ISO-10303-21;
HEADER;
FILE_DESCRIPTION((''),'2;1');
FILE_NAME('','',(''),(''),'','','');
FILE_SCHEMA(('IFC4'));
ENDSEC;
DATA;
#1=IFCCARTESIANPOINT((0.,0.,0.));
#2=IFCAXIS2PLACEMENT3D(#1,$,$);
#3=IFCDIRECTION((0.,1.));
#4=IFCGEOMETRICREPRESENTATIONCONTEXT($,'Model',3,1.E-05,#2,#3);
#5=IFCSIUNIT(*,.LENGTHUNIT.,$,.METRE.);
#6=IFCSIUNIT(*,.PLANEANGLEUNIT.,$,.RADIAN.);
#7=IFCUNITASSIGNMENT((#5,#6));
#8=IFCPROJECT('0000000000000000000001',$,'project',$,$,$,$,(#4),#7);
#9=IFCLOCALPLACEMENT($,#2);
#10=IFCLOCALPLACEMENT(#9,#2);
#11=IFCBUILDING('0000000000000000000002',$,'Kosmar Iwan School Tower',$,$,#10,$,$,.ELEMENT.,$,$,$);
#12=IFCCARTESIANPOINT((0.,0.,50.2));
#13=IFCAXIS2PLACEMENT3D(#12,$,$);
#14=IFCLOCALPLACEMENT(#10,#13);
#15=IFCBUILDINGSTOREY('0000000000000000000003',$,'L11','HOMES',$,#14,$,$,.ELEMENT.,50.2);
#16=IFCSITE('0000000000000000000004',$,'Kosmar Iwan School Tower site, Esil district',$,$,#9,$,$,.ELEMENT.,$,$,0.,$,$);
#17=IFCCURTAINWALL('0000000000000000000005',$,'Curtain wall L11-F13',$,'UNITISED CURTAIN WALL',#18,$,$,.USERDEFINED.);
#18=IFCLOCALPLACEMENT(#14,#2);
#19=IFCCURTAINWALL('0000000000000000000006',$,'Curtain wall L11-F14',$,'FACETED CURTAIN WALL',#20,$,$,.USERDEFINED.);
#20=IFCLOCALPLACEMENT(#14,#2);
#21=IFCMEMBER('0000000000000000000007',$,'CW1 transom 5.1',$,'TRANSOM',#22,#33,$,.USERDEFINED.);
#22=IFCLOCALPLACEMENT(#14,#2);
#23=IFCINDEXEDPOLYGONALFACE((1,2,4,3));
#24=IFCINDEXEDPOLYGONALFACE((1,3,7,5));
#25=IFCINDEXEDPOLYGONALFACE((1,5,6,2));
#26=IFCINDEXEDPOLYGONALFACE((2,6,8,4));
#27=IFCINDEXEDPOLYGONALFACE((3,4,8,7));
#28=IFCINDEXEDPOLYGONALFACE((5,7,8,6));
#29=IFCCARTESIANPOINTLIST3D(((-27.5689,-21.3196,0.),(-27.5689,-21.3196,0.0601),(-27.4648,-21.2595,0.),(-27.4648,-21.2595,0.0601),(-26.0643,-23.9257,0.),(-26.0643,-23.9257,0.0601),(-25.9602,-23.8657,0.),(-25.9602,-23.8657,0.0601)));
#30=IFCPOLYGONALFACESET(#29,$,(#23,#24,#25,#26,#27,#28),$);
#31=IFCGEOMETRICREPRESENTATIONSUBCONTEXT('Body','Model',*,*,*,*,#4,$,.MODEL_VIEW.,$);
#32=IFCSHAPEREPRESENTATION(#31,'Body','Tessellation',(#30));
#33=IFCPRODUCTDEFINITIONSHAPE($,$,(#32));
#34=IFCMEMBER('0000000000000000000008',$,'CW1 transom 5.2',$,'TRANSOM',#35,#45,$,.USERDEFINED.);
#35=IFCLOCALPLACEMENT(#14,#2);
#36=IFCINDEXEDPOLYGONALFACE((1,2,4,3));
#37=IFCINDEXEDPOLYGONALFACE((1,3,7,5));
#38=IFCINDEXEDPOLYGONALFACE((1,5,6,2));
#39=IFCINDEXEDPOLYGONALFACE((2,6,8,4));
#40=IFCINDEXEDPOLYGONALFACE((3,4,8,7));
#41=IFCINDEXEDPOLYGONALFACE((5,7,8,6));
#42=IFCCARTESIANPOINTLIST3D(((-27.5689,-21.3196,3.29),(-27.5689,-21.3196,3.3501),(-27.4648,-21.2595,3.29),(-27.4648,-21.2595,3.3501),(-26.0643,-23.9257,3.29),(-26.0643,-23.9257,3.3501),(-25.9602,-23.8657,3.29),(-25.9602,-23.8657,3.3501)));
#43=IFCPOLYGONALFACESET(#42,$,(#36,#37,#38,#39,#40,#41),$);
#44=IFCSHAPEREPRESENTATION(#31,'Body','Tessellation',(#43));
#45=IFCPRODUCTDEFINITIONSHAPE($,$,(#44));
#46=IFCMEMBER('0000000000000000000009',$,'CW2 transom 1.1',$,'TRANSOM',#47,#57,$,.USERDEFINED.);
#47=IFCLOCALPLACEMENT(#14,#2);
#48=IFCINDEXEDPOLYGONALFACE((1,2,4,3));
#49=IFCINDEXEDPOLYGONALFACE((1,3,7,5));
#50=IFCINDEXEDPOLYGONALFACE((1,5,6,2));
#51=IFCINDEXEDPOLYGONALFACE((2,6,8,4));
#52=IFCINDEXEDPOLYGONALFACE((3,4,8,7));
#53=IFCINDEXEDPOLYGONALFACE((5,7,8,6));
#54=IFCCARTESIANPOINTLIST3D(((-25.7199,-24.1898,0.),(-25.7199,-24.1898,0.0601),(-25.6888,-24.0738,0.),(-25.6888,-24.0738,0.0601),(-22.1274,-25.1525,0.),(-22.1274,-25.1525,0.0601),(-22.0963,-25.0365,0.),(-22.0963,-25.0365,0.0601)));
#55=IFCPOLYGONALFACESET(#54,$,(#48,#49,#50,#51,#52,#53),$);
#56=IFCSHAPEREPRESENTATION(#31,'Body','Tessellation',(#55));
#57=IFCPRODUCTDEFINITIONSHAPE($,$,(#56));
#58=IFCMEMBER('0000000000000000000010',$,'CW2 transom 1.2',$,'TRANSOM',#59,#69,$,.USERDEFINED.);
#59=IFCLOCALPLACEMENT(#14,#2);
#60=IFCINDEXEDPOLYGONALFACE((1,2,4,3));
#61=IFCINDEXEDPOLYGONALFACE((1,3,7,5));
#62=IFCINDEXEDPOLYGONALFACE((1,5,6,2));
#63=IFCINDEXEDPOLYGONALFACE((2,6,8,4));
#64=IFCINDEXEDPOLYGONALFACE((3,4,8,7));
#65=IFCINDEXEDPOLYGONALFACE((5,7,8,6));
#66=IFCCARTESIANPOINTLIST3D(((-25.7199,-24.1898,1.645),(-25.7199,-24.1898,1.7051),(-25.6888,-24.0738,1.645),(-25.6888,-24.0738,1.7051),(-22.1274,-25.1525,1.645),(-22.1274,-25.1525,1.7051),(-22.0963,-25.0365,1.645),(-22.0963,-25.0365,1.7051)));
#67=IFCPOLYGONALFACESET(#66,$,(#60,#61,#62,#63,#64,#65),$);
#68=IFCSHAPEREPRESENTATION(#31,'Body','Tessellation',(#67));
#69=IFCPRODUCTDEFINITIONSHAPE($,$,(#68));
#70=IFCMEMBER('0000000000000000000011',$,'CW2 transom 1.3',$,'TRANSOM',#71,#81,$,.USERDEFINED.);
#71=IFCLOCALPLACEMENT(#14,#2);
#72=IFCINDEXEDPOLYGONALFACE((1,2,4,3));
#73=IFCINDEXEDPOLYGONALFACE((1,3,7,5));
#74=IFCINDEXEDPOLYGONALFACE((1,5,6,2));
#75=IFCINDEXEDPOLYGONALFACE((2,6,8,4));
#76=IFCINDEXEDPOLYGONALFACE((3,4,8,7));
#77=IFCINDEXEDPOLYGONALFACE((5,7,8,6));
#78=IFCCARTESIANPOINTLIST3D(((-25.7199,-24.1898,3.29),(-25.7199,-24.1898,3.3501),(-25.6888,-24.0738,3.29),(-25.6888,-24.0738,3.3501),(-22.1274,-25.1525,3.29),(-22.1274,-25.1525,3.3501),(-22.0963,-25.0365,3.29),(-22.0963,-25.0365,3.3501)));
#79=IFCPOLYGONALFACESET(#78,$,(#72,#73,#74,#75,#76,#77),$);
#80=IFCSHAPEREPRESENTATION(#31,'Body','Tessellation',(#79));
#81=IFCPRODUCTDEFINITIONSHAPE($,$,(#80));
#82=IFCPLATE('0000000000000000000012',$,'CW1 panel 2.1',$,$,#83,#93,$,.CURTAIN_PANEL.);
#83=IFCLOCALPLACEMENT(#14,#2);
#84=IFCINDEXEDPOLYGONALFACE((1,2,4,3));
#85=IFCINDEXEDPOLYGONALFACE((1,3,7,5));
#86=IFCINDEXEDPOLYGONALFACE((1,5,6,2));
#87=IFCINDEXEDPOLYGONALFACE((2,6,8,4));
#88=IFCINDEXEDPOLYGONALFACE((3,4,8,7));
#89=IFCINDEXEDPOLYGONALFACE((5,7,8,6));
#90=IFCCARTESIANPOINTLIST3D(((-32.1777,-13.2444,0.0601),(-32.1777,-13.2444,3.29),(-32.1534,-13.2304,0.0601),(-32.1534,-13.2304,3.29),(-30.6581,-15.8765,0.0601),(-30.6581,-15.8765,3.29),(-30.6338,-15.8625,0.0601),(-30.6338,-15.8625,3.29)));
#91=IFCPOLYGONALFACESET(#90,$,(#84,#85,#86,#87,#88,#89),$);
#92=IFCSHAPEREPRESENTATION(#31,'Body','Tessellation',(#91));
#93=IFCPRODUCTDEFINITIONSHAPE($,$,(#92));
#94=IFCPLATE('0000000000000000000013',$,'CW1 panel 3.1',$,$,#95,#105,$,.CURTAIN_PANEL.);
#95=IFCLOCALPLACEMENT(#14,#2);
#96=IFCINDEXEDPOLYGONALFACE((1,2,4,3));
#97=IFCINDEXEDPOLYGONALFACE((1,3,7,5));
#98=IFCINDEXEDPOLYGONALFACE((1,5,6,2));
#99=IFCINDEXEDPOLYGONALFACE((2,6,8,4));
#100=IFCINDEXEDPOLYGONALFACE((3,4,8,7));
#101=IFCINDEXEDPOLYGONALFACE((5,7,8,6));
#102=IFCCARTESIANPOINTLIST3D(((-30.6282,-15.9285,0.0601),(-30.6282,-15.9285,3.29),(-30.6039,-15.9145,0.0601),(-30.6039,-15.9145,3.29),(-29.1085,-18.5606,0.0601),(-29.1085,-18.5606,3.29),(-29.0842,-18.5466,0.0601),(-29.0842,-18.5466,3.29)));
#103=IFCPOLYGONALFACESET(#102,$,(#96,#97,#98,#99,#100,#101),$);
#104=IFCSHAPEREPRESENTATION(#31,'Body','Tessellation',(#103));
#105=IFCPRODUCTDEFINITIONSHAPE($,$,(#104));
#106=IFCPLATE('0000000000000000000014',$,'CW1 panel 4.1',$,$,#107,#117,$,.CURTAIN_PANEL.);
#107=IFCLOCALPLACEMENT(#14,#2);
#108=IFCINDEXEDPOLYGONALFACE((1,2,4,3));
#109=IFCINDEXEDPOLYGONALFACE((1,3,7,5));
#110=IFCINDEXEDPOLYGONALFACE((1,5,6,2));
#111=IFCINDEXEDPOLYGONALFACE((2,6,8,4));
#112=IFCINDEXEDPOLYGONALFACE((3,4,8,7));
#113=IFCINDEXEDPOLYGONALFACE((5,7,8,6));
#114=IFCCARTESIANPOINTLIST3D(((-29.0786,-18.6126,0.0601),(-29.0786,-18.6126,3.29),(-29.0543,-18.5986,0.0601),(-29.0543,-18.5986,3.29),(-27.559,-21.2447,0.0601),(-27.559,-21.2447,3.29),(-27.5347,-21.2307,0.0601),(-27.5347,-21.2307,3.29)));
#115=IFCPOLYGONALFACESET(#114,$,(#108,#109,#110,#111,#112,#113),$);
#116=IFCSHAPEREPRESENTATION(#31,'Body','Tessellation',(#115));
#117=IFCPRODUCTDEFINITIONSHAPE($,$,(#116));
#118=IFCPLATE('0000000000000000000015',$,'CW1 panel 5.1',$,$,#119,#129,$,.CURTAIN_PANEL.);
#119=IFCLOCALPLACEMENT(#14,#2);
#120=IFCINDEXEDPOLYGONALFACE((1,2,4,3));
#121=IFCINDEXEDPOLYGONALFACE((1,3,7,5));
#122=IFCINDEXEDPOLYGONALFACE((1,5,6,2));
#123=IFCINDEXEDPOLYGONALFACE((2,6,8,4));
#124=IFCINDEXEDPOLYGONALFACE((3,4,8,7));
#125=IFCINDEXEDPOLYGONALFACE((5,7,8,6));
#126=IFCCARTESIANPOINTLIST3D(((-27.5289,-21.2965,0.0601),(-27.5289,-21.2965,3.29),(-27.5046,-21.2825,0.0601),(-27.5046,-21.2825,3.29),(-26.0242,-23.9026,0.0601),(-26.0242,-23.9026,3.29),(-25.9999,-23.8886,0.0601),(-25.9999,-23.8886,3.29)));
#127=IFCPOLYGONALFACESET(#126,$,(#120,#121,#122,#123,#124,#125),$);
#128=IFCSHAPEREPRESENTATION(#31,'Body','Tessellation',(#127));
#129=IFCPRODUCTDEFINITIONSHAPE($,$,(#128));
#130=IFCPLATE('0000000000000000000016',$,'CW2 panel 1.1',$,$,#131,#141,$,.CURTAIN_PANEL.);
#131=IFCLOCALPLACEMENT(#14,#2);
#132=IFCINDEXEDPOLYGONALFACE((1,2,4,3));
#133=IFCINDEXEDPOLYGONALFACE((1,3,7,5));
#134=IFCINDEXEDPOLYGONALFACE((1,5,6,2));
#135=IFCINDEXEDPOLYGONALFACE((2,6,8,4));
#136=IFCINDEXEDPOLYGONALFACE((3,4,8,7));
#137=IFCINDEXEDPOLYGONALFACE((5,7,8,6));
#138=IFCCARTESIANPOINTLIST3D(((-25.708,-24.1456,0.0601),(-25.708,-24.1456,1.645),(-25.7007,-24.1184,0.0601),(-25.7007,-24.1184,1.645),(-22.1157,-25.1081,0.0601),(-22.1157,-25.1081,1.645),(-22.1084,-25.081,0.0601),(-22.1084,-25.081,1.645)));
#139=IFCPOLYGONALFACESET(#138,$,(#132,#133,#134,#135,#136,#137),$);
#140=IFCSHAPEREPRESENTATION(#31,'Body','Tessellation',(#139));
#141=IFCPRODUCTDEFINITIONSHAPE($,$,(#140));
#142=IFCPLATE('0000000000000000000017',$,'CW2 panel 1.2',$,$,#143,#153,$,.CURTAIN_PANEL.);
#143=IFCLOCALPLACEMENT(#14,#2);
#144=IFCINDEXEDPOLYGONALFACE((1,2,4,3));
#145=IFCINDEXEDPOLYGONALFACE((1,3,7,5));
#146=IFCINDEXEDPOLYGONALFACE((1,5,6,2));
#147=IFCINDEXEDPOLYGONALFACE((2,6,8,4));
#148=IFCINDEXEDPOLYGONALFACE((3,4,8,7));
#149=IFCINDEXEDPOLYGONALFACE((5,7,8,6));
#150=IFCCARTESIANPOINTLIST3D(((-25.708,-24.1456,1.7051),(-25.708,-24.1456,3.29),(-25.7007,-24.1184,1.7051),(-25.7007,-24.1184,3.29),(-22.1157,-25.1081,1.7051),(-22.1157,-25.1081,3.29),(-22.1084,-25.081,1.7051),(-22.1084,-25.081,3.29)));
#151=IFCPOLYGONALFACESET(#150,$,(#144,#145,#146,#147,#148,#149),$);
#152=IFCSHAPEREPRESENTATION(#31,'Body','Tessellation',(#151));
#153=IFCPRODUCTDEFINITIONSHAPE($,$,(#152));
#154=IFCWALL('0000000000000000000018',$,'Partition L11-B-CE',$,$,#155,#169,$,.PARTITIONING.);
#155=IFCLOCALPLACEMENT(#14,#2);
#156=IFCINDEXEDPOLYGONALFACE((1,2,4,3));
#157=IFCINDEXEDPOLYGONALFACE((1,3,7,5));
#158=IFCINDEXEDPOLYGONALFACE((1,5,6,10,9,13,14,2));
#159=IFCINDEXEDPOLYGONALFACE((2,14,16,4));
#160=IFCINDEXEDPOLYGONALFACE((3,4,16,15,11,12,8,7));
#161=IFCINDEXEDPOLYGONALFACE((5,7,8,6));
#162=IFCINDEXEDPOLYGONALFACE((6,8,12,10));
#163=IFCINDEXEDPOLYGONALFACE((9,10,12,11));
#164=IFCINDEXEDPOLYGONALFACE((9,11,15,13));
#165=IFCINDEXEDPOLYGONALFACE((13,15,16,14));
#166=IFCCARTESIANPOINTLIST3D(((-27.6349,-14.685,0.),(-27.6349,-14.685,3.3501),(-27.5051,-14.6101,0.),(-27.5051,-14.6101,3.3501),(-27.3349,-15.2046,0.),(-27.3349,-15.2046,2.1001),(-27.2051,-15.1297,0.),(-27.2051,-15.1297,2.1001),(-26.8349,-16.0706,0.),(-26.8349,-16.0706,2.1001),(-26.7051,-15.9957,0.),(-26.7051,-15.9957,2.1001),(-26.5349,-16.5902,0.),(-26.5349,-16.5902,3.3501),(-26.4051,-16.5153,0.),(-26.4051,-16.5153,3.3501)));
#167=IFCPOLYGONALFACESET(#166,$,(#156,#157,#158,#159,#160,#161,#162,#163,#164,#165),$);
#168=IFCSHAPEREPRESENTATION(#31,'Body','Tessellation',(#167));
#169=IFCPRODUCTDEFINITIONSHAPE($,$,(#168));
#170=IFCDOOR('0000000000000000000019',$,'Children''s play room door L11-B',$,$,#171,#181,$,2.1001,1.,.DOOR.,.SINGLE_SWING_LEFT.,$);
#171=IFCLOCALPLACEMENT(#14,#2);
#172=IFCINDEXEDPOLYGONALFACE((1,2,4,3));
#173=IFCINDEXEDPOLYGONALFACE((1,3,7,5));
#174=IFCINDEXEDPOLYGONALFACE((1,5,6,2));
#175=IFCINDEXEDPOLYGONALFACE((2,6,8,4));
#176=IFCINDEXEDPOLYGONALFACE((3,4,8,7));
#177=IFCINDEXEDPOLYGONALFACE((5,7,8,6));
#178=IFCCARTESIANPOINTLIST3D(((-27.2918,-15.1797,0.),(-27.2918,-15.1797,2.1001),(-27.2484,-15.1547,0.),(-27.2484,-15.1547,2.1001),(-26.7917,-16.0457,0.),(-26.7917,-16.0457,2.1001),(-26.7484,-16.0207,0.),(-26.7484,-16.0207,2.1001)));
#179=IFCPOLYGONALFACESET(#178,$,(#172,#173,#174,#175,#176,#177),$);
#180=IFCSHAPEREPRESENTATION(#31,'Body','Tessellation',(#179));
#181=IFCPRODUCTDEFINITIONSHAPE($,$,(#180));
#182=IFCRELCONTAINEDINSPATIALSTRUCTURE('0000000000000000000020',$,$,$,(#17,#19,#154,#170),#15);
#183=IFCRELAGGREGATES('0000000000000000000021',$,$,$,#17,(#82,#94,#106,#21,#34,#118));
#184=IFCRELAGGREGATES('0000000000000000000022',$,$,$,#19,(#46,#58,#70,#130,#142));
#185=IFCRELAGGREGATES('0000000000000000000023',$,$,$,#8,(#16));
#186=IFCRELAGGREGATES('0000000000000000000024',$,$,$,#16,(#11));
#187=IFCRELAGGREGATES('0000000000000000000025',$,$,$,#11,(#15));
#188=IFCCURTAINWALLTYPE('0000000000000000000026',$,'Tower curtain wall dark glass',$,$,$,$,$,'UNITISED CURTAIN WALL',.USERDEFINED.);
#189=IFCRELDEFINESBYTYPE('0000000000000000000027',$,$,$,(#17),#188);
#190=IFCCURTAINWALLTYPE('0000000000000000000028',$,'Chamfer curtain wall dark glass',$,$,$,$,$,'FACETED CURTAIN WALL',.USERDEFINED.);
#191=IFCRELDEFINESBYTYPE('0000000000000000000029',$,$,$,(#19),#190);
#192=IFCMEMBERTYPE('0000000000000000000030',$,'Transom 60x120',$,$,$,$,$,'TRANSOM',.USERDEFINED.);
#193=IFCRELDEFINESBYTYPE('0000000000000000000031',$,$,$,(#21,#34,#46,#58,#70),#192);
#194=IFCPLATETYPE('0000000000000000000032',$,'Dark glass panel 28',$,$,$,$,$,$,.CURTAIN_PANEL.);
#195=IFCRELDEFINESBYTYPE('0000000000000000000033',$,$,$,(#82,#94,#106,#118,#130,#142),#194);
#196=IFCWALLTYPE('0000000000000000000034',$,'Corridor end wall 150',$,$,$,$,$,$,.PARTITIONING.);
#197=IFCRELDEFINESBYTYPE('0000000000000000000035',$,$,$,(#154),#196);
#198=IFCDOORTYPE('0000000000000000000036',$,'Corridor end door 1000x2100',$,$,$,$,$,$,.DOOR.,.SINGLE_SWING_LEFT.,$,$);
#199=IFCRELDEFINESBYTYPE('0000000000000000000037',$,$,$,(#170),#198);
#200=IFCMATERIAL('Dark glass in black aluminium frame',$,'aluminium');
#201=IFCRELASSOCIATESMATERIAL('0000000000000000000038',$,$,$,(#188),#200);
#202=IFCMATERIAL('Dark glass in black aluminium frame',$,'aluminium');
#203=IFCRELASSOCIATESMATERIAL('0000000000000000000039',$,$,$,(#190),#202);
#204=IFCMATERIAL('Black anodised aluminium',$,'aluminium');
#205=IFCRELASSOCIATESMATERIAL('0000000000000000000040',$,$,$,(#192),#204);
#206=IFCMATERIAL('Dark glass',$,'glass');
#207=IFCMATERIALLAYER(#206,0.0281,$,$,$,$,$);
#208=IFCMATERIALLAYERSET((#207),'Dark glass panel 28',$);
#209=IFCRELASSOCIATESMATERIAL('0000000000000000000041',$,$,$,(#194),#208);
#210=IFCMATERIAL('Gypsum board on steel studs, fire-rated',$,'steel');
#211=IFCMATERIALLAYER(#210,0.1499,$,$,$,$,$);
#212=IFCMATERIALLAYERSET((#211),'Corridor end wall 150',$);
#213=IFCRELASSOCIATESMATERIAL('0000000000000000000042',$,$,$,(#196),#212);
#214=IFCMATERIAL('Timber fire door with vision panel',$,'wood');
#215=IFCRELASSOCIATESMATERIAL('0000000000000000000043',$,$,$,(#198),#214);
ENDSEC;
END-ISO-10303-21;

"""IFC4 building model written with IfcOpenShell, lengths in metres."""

from ifc_helpers import new_model, si_unit, direction, frame, frame_2d, origin, origin_2d, place, context, subcontext, project, spatial, rectangle, extrude, material, layer, layer_set, material_profile, profile_set, type_object, element, fill, aggregate, save


model = new_model("IFC4")

# Units and contexts
model_context = context("Model", 3, precision=1e-05, world=origin(), true_north=direction((0.0, 1.0)))
body_context = subcontext(model_context, "Body", "Model", "MODEL_VIEW")
ifc_project = project(units=[si_unit("LENGTHUNIT", "METRE"), si_unit("PLANEANGLEUNIT", "RADIAN")], contexts=[model_context])

# Site, building, storey
site_placement = place(None, origin())
site = spatial("IfcSite", under=ifc_project, at=site_placement, Name="Kosmar Iwan School Tower site, Esil district", CompositionType="ELEMENT", RefElevation=0.0)
building_placement = place(site_placement, origin())
building = spatial("IfcBuilding", under=site, at=building_placement, Name="Kosmar Iwan School Tower", CompositionType="ELEMENT")
storey_placement = place(building_placement, frame((0.0, 0.0, 50.2)))
storey = spatial("IfcBuildingStorey", under=building, at=storey_placement, Name="L11", Description="HOMES", CompositionType="ELEMENT", Elevation=50.2)

# Curtain wall
ifc_material_1 = material(Name="Dark glass in black aluminium frame", Category="aluminium")
curtain_wall_type_1 = type_object("IfcCurtainWallType", Name="Tower curtain wall dark glass", ElementType="UNITISED CURTAIN WALL", PredefinedType="USERDEFINED", material=ifc_material_1)
curtain_wall_1_placement = place(storey_placement, origin())
curtain_wall_1 = element("IfcCurtainWall", 1, at=curtain_wall_1_placement, inside=storey, type_object=curtain_wall_type_1, Name="Curtain wall L11-F13", ObjectType="UNITISED CURTAIN WALL", PredefinedType="USERDEFINED")

# Curtain wall
ifc_material_2 = material(Name="Dark glass in black aluminium frame", Category="aluminium")
curtain_wall_type_2 = type_object("IfcCurtainWallType", Name="Chamfer curtain wall dark glass", ElementType="FACETED CURTAIN WALL", PredefinedType="USERDEFINED", material=ifc_material_2)
curtain_wall_2_placement = place(storey_placement, origin())
curtain_wall_2 = element("IfcCurtainWall", 2, at=curtain_wall_2_placement, inside=storey, type_object=curtain_wall_type_2, Name="Curtain wall L11-F14", ObjectType="FACETED CURTAIN WALL", PredefinedType="USERDEFINED")

# Members
ifc_material_3 = material(Name="Black anodised aluminium", Category="aluminium")
ifc_material_profile_1 = material_profile(ifc_material_3, rectangle(XDim=0.1201, YDim=0.0601, at=origin_2d()), Name="TRANSOM 60x120")
ifc_profile_set_1 = profile_set([ifc_material_profile_1], Name="Black anodised aluminium")
member_type_1 = type_object("IfcMemberType", Name="Transom 60x120", ElementType="TRANSOM", PredefinedType="USERDEFINED", material=ifc_profile_set_1)
member_1_placement = place(storey_placement, frame((-27.5168, -21.2896, 0.03), z_axis=(0.499987, -0.866033, 0.0), x_axis=(0.866033, 0.499987, 0.0)))
member_1 = element("IfcMember", 3, at=member_1_placement, type_object=member_type_1, Name="CW1 transom 5.1", ObjectType="TRANSOM", PredefinedType="USERDEFINED", context=body_context, shape_type="SweptSolid", body=[
    extrude(rectangle(XDim=0.1201, YDim=0.0601, at=origin_2d()), origin(), (0.0, 0.0, 1.0), 3.0093),
])
member_2_placement = place(storey_placement, frame((-27.5168, -21.2896, 3.3201), z_axis=(0.499987, -0.866033, 0.0), x_axis=(0.866033, 0.499987, 0.0)))
member_2 = element("IfcMember", 4, at=member_2_placement, type_object=member_type_1, Name="CW1 transom 5.2", ObjectType="TRANSOM", PredefinedType="USERDEFINED", context=body_context, shape_type="SweptSolid", body=[
    extrude(rectangle(XDim=0.1201, YDim=0.0601, at=origin_2d()), origin(), (0.0, 0.0, 1.0), 3.0093),
])
member_3_placement = place(storey_placement, frame((-25.7043, -24.1318, 0.03), z_axis=(0.965924, -0.258827, 0.0), x_axis=(0.258827, 0.965924, 0.0)))
member_3 = element("IfcMember", 5, at=member_3_placement, type_object=member_type_1, Name="CW2 transom 1.1", ObjectType="TRANSOM", PredefinedType="USERDEFINED", context=body_context, shape_type="SweptSolid", body=[
    extrude(rectangle(XDim=0.1201, YDim=0.0601, at=origin_2d()), origin(), (0.0, 0.0, 1.0), 3.7192),
])
member_4_placement = place(storey_placement, frame((-25.7043, -24.1318, 1.675), z_axis=(0.965924, -0.258827, 0.0), x_axis=(0.258827, 0.965924, 0.0)))
member_4 = element("IfcMember", 6, at=member_4_placement, type_object=member_type_1, Name="CW2 transom 1.2", ObjectType="TRANSOM", PredefinedType="USERDEFINED", context=body_context, shape_type="SweptSolid", body=[
    extrude(rectangle(XDim=0.1201, YDim=0.0601, at=origin_2d()), origin(), (0.0, 0.0, 1.0), 3.7192),
])
member_5_placement = place(storey_placement, frame((-25.7043, -24.1318, 3.3201), z_axis=(0.965924, -0.258827, 0.0), x_axis=(0.258827, 0.965924, 0.0)))
member_5 = element("IfcMember", 7, at=member_5_placement, type_object=member_type_1, Name="CW2 transom 1.3", ObjectType="TRANSOM", PredefinedType="USERDEFINED", context=body_context, shape_type="SweptSolid", body=[
    extrude(rectangle(XDim=0.1201, YDim=0.0601, at=origin_2d()), origin(), (0.0, 0.0, 1.0), 3.7192),
])

# Plates
ifc_material_4 = material(Name="Dark glass", Category="glass")
ifc_layer_1 = layer(ifc_material_4, 0.0281)
ifc_layer_set_1 = layer_set([ifc_layer_1], Name="Dark glass panel 28")
plate_type = type_object("IfcPlateType", Name="Dark glass panel 28", PredefinedType="CURTAIN_PANEL", material=ifc_layer_set_1)
plate_1_placement = place(storey_placement, frame((-31.4058, -14.5535, 0.0601), z_axis=(0.0, 0.0, 1.0), x_axis=(0.5, -0.866025, 0.0)))
plate_1 = element("IfcPlate", 8, at=plate_1_placement, type_object=plate_type, Name="CW1 panel 2.1", PredefinedType="CURTAIN_PANEL", context=body_context, shape_type="SweptSolid", body=[
    extrude(rectangle(XDim=3.0393, YDim=0.0281, at=origin_2d()), origin(), (0.0, 0.0, 1.0), 3.23),
])
plate_2_placement = place(storey_placement, frame((-29.8562, -17.2375, 0.0601), z_axis=(0.0, 0.0, 1.0), x_axis=(0.5, -0.866025, 0.0)))
plate_2 = element("IfcPlate", 9, at=plate_2_placement, type_object=plate_type, Name="CW1 panel 3.1", PredefinedType="CURTAIN_PANEL", context=body_context, shape_type="SweptSolid", body=[
    extrude(rectangle(XDim=3.0393, YDim=0.0281, at=origin_2d()), origin(), (0.0, 0.0, 1.0), 3.23),
])
plate_3_placement = place(storey_placement, frame((-28.3066, -19.9216, 0.0601), z_axis=(0.0, 0.0, 1.0), x_axis=(0.5, -0.866025, 0.0)))
plate_3 = element("IfcPlate", 10, at=plate_3_placement, type_object=plate_type, Name="CW1 panel 4.1", PredefinedType="CURTAIN_PANEL", context=body_context, shape_type="SweptSolid", body=[
    extrude(rectangle(XDim=3.0393, YDim=0.0281, at=origin_2d()), origin(), (0.0, 0.0, 1.0), 3.23),
])
plate_4_placement = place(storey_placement, frame((-26.7644, -22.5925, 0.0601), z_axis=(0.0, 0.0, 1.0), x_axis=(0.5, -0.866025, 0.0)))
plate_4 = element("IfcPlate", 11, at=plate_4_placement, type_object=plate_type, Name="CW1 panel 5.1", PredefinedType="CURTAIN_PANEL", context=body_context, shape_type="SweptSolid", body=[
    extrude(rectangle(XDim=3.0093, YDim=0.0281, at=origin_2d()), origin(), (0.0, 0.0, 1.0), 3.23),
])
aggregate(curtain_wall_1, [plate_1, plate_2, plate_3, member_1, member_2, plate_4])
plate_5_placement = place(storey_placement, frame((-23.9082, -24.6133, 0.0601), z_axis=(0.0, 0.0, 1.0), x_axis=(0.965926, -0.258819, 0.0)))
plate_5 = element("IfcPlate", 12, at=plate_5_placement, type_object=plate_type, Name="CW2 panel 1.1", PredefinedType="CURTAIN_PANEL", context=body_context, shape_type="SweptSolid", body=[
    extrude(rectangle(XDim=3.719, YDim=0.0281, at=origin_2d()), origin(), (0.0, 0.0, 1.0), 1.585),
])
plate_6_placement = place(storey_placement, frame((-23.9082, -24.6133, 1.7051), z_axis=(0.0, 0.0, 1.0), x_axis=(0.965926, -0.258819, 0.0)))
plate_6 = element("IfcPlate", 13, at=plate_6_placement, type_object=plate_type, Name="CW2 panel 1.2", PredefinedType="CURTAIN_PANEL", context=body_context, shape_type="SweptSolid", body=[
    extrude(rectangle(XDim=3.719, YDim=0.0281, at=origin_2d()), origin(), (0.0, 0.0, 1.0), 1.585),
])
aggregate(curtain_wall_2, [member_3, member_4, member_5, plate_5, plate_6])

# Wall, opening, door
ifc_material_5 = material(Name="Gypsum board on steel studs, fire-rated", Category="steel")
ifc_layer_2 = layer(ifc_material_5, 0.1499)
ifc_layer_set_2 = layer_set([ifc_layer_2], Name="Corridor end wall 150")
wall_type_1 = type_object("IfcWallType", Name="Corridor end wall 150", PredefinedType="PARTITIONING", material=ifc_layer_set_2)
wall_1_placement = place(storey_placement, frame((-27.5701, -14.6475, 0.0), z_axis=(0.0, 0.0, 1.0), x_axis=(0.50003, -0.866008, 0.0)))
wall_1 = element("IfcWall", 14, at=wall_1_placement, inside=storey, type_object=wall_type_1, Name="Partition L11-B-CE", PredefinedType="PARTITIONING", context=body_context, shape_type="SweptSolid", body=[
    extrude(rectangle(XDim=2.2, YDim=0.1499, at=frame_2d((1.1001, 0.0))), origin(), (0.0, 0.0, 1.0), 3.3501),
])
opening_1_placement = place(wall_1_placement, frame((0.6001, 0.0, 0.0)))
opening_1 = element("IfcOpeningElement", 15, at=opening_1_placement, cuts=wall_1, PredefinedType="OPENING", context=body_context, shape_type="SweptSolid", body=[
    extrude(rectangle(XDim=1.0, YDim=2.1001, at=frame_2d((0.5, 1.05))), frame((0.0, 0.0869, 0.0), z_axis=(0.0, -1.0, 0.0), x_axis=(1.0, 0.0, 0.0)), (0.0, 0.0, 1.0), 0.1738),
])
ifc_material_6 = material(Name="Timber fire door with vision panel", Category="wood")
door_type_1 = type_object("IfcDoorType", Name="Corridor end door 1000x2100", OperationType="SINGLE_SWING_LEFT", PredefinedType="DOOR", material=ifc_material_6)
door_1_placement = place(opening_1_placement, origin())
door_1 = element("IfcDoor", 16, at=door_1_placement, inside=storey, type_object=door_type_1, Name="Children's play room door L11-B", OperationType="SINGLE_SWING_LEFT", OverallHeight=2.1001, OverallWidth=1.0, PredefinedType="DOOR", context=body_context, shape_type="SweptSolid", body=[
    extrude(rectangle(XDim=1.0, YDim=2.1001, at=frame_2d((0.5, 1.05))), frame((0.0, 0.0249, 0.0), z_axis=(0.0, -1.0, 0.0), x_axis=(1.0, 0.0, 0.0)), (0.0, 0.0, 1.0), 0.05),
])
fill(opening_1, door_1)

save(model, "model.ifc")
